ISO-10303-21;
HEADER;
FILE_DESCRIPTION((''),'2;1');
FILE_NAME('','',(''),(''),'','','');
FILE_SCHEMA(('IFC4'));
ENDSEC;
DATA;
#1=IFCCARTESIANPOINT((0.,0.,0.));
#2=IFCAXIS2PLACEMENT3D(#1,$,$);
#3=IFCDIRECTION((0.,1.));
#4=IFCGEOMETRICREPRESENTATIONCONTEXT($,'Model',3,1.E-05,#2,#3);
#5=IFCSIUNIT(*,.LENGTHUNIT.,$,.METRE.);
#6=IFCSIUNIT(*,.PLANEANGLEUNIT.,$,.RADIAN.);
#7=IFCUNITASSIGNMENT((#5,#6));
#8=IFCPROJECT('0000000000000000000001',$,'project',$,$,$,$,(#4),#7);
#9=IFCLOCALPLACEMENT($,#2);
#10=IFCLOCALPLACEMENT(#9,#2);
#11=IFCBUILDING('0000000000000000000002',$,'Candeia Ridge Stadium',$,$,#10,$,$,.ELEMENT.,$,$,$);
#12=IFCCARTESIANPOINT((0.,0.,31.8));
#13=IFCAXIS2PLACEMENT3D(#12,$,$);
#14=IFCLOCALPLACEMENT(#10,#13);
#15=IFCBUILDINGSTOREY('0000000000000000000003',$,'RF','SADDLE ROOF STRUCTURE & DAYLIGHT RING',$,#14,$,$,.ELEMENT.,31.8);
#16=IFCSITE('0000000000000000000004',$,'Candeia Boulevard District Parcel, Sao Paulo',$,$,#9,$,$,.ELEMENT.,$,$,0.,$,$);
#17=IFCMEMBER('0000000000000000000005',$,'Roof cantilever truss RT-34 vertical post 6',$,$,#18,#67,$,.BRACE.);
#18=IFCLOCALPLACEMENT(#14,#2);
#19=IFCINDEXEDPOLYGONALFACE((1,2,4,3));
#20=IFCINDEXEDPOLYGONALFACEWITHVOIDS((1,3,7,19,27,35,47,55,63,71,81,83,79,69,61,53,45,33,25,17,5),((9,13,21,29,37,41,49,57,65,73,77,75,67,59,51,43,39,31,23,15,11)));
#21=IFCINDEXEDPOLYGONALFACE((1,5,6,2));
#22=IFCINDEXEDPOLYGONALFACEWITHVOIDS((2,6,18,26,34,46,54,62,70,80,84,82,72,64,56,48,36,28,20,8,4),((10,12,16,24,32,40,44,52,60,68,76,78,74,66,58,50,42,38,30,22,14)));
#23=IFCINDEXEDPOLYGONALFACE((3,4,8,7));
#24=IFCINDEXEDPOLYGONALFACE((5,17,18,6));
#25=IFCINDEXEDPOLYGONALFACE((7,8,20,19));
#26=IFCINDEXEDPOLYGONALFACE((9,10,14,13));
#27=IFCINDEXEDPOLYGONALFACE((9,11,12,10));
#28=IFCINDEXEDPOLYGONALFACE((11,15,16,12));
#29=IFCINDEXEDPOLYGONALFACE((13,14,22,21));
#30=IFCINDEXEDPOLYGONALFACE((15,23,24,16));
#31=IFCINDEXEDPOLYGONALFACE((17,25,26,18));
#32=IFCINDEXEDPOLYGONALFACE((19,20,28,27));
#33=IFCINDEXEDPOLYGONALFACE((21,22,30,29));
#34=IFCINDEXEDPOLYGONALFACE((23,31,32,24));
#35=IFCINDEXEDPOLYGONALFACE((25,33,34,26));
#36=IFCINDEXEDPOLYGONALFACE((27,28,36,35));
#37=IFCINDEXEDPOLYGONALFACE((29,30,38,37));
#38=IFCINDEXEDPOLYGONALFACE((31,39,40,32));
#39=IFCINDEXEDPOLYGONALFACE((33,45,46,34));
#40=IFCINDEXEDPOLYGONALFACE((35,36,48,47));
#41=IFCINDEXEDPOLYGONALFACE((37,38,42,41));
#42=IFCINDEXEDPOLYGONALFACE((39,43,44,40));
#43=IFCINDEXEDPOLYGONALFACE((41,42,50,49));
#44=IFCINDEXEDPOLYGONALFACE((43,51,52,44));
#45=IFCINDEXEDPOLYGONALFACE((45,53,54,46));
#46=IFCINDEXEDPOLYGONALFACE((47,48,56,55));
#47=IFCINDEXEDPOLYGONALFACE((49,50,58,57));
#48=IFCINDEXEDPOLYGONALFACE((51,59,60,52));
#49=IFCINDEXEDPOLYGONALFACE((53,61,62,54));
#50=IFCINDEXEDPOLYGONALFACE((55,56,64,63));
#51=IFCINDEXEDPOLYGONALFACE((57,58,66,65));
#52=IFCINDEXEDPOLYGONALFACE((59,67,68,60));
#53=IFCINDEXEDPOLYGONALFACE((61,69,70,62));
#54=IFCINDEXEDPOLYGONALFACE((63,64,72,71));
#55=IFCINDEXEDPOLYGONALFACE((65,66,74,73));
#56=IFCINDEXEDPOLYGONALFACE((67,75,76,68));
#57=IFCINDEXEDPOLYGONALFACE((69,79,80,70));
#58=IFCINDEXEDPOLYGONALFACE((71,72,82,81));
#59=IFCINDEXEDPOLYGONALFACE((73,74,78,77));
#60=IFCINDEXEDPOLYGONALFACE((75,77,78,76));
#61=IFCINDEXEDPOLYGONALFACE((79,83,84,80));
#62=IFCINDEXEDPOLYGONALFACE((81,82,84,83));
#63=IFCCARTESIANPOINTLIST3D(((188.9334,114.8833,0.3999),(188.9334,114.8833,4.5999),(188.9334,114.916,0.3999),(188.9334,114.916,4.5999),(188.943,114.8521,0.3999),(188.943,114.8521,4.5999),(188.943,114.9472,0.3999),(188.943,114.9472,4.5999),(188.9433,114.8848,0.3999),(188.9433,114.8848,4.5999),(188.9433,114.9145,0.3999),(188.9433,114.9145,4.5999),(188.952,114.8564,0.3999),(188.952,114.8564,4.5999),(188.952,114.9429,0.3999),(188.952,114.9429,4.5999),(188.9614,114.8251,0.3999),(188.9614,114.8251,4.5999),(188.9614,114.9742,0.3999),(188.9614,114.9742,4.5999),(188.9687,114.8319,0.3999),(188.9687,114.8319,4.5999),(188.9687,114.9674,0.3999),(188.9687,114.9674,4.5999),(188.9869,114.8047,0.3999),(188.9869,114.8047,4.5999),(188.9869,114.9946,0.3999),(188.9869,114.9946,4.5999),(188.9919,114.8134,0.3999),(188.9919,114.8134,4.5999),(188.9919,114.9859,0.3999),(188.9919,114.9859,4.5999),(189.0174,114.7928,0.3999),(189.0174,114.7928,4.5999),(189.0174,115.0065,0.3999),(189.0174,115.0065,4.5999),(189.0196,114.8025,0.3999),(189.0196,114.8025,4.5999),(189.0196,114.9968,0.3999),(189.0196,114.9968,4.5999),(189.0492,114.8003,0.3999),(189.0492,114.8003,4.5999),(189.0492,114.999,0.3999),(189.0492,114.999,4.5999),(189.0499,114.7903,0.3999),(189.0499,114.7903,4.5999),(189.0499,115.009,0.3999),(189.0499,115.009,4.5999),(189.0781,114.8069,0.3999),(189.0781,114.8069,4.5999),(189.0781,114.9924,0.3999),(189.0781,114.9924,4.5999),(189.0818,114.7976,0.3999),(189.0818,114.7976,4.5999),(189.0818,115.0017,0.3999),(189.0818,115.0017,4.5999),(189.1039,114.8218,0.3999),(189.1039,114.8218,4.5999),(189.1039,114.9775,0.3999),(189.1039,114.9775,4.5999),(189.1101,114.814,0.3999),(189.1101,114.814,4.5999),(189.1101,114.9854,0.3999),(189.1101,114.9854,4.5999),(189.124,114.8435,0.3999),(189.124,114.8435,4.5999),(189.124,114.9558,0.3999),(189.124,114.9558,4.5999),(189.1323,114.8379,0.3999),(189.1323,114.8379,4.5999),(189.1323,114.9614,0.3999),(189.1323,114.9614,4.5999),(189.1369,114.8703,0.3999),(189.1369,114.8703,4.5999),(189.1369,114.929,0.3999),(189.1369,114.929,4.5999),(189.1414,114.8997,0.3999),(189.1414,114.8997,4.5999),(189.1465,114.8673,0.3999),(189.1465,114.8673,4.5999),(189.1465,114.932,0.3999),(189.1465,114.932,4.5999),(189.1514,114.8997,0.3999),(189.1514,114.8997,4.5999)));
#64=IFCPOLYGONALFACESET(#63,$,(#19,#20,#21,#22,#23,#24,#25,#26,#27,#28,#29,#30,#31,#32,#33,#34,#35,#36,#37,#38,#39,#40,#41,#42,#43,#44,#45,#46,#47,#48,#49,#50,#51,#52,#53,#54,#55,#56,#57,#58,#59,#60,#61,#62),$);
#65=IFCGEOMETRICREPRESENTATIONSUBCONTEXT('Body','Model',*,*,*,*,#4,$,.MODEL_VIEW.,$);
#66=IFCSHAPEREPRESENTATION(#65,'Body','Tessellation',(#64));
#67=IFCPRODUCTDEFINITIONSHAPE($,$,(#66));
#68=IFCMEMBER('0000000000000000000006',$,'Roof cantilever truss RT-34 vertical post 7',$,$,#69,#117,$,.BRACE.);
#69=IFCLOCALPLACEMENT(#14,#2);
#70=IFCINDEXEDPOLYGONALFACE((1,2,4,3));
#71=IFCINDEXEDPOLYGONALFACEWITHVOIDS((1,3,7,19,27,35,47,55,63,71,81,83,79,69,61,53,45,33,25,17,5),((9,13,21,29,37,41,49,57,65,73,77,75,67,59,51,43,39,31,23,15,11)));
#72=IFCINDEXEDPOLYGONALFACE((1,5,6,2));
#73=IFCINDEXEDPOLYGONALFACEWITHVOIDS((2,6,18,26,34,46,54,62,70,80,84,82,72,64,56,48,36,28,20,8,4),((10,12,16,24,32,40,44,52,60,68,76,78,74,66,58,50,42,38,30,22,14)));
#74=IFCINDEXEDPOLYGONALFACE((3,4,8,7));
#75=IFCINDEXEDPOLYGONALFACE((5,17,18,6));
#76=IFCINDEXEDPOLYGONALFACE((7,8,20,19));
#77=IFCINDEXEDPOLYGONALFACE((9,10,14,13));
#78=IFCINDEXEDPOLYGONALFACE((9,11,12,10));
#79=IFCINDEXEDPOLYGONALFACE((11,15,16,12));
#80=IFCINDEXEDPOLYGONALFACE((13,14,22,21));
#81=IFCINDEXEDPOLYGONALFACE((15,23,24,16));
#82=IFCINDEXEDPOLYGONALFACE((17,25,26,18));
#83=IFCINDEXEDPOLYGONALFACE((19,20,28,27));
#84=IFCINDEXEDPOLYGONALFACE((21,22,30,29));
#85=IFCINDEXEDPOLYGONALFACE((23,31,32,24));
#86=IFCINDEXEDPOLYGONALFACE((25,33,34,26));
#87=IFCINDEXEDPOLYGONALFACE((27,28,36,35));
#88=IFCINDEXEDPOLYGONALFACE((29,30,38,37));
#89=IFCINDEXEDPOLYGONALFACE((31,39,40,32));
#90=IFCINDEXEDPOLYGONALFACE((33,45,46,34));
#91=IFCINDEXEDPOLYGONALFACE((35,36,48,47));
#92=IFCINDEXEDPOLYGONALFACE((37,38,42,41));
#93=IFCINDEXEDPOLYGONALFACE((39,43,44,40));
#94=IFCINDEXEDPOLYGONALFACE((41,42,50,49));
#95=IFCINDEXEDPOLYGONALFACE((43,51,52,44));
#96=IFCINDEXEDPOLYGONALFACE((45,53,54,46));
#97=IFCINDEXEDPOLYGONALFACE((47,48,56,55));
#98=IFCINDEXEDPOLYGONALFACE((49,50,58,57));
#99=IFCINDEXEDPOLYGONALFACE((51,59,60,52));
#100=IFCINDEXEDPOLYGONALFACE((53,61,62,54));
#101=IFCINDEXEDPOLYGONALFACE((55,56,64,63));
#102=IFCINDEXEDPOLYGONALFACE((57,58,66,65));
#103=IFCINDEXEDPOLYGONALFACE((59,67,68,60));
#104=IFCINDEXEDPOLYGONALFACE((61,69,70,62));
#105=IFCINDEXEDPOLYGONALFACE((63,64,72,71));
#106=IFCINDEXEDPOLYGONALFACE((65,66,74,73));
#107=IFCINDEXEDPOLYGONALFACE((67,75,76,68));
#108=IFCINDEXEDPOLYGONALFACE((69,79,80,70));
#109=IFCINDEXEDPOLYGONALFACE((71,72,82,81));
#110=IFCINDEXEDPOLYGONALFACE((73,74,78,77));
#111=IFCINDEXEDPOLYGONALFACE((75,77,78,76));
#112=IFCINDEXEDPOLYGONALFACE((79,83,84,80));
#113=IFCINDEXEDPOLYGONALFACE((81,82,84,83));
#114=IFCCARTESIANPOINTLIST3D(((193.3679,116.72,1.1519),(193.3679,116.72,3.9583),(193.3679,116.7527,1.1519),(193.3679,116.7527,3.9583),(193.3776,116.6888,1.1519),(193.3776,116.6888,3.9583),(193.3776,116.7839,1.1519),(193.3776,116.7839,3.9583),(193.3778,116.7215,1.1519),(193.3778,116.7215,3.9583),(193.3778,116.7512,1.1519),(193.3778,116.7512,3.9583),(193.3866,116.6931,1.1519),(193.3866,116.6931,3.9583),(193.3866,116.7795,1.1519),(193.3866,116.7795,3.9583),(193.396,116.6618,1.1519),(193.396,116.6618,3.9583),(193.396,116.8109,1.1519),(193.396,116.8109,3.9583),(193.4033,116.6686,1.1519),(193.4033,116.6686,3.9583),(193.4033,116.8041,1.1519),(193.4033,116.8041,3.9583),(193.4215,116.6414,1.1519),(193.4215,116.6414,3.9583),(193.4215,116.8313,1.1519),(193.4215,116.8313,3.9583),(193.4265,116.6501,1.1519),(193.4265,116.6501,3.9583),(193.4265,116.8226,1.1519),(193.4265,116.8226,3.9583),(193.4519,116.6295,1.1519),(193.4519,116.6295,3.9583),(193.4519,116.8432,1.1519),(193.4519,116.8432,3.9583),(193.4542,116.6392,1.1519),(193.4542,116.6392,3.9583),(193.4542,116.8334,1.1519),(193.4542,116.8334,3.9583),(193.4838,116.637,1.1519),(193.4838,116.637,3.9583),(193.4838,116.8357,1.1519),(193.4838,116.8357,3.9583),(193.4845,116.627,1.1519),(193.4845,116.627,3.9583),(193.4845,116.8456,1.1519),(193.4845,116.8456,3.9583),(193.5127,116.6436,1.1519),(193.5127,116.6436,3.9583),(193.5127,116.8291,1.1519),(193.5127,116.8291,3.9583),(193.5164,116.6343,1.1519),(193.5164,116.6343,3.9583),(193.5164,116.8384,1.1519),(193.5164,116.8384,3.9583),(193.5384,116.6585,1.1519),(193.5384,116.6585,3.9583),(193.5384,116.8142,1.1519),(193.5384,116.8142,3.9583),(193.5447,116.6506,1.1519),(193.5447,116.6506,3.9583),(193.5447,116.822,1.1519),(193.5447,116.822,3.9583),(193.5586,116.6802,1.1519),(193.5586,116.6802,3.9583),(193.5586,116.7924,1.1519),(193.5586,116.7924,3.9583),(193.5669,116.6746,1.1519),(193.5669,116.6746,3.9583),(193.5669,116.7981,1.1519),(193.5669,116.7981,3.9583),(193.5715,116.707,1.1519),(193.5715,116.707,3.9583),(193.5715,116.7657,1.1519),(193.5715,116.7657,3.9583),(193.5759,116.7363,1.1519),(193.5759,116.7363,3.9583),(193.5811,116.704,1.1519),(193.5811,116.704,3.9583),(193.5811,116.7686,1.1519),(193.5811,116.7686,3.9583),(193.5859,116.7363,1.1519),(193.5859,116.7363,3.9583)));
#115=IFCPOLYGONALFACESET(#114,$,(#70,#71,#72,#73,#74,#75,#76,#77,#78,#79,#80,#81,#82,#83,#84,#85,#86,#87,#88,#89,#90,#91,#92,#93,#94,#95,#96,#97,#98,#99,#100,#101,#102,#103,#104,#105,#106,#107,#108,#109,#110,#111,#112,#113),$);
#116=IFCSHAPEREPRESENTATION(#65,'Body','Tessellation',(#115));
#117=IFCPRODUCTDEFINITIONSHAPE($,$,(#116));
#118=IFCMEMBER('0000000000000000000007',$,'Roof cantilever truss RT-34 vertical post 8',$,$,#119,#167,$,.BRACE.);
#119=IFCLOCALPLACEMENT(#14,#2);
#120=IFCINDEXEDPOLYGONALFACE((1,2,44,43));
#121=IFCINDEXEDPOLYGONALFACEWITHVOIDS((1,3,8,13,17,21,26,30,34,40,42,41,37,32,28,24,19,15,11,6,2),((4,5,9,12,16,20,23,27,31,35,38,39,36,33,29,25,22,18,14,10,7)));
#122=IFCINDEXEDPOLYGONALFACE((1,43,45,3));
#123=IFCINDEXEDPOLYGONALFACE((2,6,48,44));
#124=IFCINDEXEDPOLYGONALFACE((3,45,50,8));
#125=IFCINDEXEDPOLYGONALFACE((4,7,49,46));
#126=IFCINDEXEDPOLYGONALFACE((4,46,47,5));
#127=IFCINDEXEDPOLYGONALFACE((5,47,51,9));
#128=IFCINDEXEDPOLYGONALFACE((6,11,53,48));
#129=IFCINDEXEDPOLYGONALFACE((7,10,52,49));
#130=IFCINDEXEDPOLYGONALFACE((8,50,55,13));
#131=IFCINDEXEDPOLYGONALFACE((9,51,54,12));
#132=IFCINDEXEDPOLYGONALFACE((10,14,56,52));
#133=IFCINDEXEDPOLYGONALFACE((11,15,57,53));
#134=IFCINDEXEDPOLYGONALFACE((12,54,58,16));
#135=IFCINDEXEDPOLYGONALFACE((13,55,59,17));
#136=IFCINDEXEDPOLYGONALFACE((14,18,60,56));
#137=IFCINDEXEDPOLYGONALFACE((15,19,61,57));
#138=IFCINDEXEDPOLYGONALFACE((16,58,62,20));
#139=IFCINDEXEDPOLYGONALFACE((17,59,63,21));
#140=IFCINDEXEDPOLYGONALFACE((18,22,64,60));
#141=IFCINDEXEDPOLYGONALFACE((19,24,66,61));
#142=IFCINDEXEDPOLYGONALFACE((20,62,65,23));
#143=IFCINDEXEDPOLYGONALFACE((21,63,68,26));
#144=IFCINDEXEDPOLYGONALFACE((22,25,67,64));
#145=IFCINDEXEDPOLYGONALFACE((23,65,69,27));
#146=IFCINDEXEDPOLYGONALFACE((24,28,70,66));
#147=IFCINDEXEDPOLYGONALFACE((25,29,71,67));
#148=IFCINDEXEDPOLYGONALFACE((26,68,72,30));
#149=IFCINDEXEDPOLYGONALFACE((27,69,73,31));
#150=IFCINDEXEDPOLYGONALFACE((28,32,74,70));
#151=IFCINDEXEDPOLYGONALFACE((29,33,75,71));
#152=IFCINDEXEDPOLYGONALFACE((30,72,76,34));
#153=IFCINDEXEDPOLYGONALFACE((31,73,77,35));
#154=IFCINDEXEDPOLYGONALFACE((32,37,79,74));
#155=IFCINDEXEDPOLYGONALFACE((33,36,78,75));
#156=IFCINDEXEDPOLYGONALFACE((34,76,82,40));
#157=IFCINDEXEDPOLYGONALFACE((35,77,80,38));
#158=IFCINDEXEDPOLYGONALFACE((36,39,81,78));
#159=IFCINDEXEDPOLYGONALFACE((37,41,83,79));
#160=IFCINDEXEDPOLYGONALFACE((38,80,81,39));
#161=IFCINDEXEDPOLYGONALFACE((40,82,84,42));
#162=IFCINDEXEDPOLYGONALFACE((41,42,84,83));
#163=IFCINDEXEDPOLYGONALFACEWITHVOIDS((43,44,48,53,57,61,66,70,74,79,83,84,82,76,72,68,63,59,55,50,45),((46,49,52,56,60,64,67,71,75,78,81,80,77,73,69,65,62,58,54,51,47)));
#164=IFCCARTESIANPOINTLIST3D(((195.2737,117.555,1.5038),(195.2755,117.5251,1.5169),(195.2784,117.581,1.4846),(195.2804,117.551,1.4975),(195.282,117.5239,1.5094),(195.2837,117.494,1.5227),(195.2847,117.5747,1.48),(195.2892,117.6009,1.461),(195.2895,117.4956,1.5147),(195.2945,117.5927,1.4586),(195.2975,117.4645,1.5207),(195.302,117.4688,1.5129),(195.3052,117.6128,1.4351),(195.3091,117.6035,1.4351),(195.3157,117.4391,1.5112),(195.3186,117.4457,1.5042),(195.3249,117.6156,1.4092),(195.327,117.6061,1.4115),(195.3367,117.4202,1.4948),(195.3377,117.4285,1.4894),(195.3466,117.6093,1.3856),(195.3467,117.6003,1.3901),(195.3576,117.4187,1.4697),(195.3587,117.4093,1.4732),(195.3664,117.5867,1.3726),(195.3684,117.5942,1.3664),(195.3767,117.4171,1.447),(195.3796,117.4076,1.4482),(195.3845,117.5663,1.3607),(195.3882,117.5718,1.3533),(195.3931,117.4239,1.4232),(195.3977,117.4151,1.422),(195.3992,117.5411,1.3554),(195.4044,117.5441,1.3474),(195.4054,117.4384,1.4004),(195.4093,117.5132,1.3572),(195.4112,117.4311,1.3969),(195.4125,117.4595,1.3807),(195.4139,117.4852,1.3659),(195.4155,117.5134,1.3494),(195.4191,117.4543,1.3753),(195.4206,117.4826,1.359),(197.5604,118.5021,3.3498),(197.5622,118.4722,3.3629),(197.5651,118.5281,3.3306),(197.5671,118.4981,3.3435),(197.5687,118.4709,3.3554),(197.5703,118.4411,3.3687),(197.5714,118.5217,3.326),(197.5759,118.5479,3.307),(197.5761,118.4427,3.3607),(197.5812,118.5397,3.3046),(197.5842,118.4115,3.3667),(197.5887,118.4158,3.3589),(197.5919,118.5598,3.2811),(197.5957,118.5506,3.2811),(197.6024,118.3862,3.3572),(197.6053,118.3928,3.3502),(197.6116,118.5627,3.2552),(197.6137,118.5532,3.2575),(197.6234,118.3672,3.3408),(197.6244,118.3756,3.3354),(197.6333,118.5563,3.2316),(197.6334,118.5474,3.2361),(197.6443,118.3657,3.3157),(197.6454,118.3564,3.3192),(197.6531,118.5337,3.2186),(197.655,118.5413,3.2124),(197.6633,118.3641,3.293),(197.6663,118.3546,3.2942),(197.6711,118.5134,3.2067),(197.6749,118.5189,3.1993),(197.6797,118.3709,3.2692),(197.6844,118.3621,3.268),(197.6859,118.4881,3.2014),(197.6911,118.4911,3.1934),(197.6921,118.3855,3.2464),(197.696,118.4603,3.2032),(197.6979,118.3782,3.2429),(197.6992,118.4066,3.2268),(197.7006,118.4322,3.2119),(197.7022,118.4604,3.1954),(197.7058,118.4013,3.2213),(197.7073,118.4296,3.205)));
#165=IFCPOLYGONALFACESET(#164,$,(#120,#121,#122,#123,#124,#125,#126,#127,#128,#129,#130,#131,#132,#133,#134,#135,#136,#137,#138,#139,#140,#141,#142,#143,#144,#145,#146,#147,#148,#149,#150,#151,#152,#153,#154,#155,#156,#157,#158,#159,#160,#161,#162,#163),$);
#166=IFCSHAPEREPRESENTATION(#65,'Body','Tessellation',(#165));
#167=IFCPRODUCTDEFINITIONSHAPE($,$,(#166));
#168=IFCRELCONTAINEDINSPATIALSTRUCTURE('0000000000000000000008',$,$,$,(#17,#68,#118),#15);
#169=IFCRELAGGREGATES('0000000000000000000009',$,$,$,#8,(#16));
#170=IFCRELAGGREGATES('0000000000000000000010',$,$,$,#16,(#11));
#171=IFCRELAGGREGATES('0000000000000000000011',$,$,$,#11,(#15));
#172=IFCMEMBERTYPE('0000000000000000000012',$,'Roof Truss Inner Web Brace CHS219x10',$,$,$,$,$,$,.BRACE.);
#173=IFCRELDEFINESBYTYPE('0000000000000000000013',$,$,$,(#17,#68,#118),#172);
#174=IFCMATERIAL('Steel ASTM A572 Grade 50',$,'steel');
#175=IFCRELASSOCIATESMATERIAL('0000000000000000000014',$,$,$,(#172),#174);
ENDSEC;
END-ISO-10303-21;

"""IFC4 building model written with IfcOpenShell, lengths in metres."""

from ifc_helpers import new_model, si_unit, direction, frame, origin, origin_2d, place, context, subcontext, project, spatial, hollow_circle, extrude, material, material_profile, profile_set, type_object, element, save


model = new_model("IFC4")

# Units and contexts
model_context = context("Model", 3, precision=1e-05, world=origin(), true_north=direction((0.0, 1.0)))
body_context = subcontext(model_context, "Body", "Model", "MODEL_VIEW")
ifc_project = project(units=[si_unit("LENGTHUNIT", "METRE"), si_unit("PLANEANGLEUNIT", "RADIAN")], contexts=[model_context])

# Site, building, storey
site_placement = place(None, origin())
site = spatial("IfcSite", under=ifc_project, at=site_placement, Name="Candeia Boulevard District Parcel, Sao Paulo", CompositionType="ELEMENT", RefElevation=0.0)
building_placement = place(site_placement, origin())
building = spatial("IfcBuilding", under=site, at=building_placement, Name="Candeia Ridge Stadium", CompositionType="ELEMENT")
storey_placement = place(building_placement, frame((0.0, 0.0, 31.8)))
storey = spatial("IfcBuildingStorey", under=building, at=storey_placement, Name="RF", Description="SADDLE ROOF STRUCTURE & DAYLIGHT RING", CompositionType="ELEMENT", Elevation=31.8)

# Shared definitions
ifc_material = material(Name="Steel ASTM A572 Grade 50", Category="steel")

# Members
ifc_material_profile_1 = material_profile(ifc_material, hollow_circle(Radius=0.1096, WallThickness=0.01, at=origin_2d()), Name="CHS219x10", Category="steel")
ifc_profile_set_1 = profile_set([ifc_material_profile_1], Name="Steel ASTM A572 Grade 50")
member_type_1 = type_object("IfcMemberType", Name="Roof Truss Inner Web Brace CHS219x10", PredefinedType="BRACE", material=ifc_profile_set_1)
member_1_placement = place(storey_placement, frame((189.0417, 114.8997, 0.3999), z_axis=(0.0, 0.0, 1.0), x_axis=(1.0, 0.0, 0.0)))
element("IfcMember", 1, at=member_1_placement, inside=storey, type_object=member_type_1, Name="Roof cantilever truss RT-34 vertical post 6", PredefinedType="BRACE", context=body_context, shape_type="SweptSolid", body=[
    extrude(hollow_circle(Radius=0.1096, WallThickness=0.01, at=origin_2d()), origin(), (0.0, 0.0, 1.0), 4.2),
])
member_2_placement = place(storey_placement, frame((193.4763, 116.7363, 1.1519), z_axis=(0.0, 0.0, 1.0), x_axis=(1.0, 0.0, 0.0)))
element("IfcMember", 2, at=member_2_placement, inside=storey, type_object=member_type_1, Name="Roof cantilever truss RT-34 vertical post 7", PredefinedType="BRACE", context=body_context, shape_type="SweptSolid", body=[
    extrude(hollow_circle(Radius=0.1096, WallThickness=0.01, at=origin_2d()), origin(), (0.0, 0.0, 1.0), 2.8064),
])
member_3_placement = place(storey_placement, frame((195.3472, 117.5115, 1.4351), z_axis=(0.740592, 0.306722, 0.597867), x_axis=(-0.382639, 0.923898, 0.0)))
element("IfcMember", 3, at=member_3_placement, inside=storey, type_object=member_type_1, Name="Roof cantilever truss RT-34 vertical post 8", PredefinedType="BRACE", context=body_context, shape_type="SweptSolid", body=[
    extrude(hollow_circle(Radius=0.1096, WallThickness=0.01, at=origin_2d()), origin(), (0.0, 0.0, 1.0), 3.0876),
])

save(model, "model.ifc")
